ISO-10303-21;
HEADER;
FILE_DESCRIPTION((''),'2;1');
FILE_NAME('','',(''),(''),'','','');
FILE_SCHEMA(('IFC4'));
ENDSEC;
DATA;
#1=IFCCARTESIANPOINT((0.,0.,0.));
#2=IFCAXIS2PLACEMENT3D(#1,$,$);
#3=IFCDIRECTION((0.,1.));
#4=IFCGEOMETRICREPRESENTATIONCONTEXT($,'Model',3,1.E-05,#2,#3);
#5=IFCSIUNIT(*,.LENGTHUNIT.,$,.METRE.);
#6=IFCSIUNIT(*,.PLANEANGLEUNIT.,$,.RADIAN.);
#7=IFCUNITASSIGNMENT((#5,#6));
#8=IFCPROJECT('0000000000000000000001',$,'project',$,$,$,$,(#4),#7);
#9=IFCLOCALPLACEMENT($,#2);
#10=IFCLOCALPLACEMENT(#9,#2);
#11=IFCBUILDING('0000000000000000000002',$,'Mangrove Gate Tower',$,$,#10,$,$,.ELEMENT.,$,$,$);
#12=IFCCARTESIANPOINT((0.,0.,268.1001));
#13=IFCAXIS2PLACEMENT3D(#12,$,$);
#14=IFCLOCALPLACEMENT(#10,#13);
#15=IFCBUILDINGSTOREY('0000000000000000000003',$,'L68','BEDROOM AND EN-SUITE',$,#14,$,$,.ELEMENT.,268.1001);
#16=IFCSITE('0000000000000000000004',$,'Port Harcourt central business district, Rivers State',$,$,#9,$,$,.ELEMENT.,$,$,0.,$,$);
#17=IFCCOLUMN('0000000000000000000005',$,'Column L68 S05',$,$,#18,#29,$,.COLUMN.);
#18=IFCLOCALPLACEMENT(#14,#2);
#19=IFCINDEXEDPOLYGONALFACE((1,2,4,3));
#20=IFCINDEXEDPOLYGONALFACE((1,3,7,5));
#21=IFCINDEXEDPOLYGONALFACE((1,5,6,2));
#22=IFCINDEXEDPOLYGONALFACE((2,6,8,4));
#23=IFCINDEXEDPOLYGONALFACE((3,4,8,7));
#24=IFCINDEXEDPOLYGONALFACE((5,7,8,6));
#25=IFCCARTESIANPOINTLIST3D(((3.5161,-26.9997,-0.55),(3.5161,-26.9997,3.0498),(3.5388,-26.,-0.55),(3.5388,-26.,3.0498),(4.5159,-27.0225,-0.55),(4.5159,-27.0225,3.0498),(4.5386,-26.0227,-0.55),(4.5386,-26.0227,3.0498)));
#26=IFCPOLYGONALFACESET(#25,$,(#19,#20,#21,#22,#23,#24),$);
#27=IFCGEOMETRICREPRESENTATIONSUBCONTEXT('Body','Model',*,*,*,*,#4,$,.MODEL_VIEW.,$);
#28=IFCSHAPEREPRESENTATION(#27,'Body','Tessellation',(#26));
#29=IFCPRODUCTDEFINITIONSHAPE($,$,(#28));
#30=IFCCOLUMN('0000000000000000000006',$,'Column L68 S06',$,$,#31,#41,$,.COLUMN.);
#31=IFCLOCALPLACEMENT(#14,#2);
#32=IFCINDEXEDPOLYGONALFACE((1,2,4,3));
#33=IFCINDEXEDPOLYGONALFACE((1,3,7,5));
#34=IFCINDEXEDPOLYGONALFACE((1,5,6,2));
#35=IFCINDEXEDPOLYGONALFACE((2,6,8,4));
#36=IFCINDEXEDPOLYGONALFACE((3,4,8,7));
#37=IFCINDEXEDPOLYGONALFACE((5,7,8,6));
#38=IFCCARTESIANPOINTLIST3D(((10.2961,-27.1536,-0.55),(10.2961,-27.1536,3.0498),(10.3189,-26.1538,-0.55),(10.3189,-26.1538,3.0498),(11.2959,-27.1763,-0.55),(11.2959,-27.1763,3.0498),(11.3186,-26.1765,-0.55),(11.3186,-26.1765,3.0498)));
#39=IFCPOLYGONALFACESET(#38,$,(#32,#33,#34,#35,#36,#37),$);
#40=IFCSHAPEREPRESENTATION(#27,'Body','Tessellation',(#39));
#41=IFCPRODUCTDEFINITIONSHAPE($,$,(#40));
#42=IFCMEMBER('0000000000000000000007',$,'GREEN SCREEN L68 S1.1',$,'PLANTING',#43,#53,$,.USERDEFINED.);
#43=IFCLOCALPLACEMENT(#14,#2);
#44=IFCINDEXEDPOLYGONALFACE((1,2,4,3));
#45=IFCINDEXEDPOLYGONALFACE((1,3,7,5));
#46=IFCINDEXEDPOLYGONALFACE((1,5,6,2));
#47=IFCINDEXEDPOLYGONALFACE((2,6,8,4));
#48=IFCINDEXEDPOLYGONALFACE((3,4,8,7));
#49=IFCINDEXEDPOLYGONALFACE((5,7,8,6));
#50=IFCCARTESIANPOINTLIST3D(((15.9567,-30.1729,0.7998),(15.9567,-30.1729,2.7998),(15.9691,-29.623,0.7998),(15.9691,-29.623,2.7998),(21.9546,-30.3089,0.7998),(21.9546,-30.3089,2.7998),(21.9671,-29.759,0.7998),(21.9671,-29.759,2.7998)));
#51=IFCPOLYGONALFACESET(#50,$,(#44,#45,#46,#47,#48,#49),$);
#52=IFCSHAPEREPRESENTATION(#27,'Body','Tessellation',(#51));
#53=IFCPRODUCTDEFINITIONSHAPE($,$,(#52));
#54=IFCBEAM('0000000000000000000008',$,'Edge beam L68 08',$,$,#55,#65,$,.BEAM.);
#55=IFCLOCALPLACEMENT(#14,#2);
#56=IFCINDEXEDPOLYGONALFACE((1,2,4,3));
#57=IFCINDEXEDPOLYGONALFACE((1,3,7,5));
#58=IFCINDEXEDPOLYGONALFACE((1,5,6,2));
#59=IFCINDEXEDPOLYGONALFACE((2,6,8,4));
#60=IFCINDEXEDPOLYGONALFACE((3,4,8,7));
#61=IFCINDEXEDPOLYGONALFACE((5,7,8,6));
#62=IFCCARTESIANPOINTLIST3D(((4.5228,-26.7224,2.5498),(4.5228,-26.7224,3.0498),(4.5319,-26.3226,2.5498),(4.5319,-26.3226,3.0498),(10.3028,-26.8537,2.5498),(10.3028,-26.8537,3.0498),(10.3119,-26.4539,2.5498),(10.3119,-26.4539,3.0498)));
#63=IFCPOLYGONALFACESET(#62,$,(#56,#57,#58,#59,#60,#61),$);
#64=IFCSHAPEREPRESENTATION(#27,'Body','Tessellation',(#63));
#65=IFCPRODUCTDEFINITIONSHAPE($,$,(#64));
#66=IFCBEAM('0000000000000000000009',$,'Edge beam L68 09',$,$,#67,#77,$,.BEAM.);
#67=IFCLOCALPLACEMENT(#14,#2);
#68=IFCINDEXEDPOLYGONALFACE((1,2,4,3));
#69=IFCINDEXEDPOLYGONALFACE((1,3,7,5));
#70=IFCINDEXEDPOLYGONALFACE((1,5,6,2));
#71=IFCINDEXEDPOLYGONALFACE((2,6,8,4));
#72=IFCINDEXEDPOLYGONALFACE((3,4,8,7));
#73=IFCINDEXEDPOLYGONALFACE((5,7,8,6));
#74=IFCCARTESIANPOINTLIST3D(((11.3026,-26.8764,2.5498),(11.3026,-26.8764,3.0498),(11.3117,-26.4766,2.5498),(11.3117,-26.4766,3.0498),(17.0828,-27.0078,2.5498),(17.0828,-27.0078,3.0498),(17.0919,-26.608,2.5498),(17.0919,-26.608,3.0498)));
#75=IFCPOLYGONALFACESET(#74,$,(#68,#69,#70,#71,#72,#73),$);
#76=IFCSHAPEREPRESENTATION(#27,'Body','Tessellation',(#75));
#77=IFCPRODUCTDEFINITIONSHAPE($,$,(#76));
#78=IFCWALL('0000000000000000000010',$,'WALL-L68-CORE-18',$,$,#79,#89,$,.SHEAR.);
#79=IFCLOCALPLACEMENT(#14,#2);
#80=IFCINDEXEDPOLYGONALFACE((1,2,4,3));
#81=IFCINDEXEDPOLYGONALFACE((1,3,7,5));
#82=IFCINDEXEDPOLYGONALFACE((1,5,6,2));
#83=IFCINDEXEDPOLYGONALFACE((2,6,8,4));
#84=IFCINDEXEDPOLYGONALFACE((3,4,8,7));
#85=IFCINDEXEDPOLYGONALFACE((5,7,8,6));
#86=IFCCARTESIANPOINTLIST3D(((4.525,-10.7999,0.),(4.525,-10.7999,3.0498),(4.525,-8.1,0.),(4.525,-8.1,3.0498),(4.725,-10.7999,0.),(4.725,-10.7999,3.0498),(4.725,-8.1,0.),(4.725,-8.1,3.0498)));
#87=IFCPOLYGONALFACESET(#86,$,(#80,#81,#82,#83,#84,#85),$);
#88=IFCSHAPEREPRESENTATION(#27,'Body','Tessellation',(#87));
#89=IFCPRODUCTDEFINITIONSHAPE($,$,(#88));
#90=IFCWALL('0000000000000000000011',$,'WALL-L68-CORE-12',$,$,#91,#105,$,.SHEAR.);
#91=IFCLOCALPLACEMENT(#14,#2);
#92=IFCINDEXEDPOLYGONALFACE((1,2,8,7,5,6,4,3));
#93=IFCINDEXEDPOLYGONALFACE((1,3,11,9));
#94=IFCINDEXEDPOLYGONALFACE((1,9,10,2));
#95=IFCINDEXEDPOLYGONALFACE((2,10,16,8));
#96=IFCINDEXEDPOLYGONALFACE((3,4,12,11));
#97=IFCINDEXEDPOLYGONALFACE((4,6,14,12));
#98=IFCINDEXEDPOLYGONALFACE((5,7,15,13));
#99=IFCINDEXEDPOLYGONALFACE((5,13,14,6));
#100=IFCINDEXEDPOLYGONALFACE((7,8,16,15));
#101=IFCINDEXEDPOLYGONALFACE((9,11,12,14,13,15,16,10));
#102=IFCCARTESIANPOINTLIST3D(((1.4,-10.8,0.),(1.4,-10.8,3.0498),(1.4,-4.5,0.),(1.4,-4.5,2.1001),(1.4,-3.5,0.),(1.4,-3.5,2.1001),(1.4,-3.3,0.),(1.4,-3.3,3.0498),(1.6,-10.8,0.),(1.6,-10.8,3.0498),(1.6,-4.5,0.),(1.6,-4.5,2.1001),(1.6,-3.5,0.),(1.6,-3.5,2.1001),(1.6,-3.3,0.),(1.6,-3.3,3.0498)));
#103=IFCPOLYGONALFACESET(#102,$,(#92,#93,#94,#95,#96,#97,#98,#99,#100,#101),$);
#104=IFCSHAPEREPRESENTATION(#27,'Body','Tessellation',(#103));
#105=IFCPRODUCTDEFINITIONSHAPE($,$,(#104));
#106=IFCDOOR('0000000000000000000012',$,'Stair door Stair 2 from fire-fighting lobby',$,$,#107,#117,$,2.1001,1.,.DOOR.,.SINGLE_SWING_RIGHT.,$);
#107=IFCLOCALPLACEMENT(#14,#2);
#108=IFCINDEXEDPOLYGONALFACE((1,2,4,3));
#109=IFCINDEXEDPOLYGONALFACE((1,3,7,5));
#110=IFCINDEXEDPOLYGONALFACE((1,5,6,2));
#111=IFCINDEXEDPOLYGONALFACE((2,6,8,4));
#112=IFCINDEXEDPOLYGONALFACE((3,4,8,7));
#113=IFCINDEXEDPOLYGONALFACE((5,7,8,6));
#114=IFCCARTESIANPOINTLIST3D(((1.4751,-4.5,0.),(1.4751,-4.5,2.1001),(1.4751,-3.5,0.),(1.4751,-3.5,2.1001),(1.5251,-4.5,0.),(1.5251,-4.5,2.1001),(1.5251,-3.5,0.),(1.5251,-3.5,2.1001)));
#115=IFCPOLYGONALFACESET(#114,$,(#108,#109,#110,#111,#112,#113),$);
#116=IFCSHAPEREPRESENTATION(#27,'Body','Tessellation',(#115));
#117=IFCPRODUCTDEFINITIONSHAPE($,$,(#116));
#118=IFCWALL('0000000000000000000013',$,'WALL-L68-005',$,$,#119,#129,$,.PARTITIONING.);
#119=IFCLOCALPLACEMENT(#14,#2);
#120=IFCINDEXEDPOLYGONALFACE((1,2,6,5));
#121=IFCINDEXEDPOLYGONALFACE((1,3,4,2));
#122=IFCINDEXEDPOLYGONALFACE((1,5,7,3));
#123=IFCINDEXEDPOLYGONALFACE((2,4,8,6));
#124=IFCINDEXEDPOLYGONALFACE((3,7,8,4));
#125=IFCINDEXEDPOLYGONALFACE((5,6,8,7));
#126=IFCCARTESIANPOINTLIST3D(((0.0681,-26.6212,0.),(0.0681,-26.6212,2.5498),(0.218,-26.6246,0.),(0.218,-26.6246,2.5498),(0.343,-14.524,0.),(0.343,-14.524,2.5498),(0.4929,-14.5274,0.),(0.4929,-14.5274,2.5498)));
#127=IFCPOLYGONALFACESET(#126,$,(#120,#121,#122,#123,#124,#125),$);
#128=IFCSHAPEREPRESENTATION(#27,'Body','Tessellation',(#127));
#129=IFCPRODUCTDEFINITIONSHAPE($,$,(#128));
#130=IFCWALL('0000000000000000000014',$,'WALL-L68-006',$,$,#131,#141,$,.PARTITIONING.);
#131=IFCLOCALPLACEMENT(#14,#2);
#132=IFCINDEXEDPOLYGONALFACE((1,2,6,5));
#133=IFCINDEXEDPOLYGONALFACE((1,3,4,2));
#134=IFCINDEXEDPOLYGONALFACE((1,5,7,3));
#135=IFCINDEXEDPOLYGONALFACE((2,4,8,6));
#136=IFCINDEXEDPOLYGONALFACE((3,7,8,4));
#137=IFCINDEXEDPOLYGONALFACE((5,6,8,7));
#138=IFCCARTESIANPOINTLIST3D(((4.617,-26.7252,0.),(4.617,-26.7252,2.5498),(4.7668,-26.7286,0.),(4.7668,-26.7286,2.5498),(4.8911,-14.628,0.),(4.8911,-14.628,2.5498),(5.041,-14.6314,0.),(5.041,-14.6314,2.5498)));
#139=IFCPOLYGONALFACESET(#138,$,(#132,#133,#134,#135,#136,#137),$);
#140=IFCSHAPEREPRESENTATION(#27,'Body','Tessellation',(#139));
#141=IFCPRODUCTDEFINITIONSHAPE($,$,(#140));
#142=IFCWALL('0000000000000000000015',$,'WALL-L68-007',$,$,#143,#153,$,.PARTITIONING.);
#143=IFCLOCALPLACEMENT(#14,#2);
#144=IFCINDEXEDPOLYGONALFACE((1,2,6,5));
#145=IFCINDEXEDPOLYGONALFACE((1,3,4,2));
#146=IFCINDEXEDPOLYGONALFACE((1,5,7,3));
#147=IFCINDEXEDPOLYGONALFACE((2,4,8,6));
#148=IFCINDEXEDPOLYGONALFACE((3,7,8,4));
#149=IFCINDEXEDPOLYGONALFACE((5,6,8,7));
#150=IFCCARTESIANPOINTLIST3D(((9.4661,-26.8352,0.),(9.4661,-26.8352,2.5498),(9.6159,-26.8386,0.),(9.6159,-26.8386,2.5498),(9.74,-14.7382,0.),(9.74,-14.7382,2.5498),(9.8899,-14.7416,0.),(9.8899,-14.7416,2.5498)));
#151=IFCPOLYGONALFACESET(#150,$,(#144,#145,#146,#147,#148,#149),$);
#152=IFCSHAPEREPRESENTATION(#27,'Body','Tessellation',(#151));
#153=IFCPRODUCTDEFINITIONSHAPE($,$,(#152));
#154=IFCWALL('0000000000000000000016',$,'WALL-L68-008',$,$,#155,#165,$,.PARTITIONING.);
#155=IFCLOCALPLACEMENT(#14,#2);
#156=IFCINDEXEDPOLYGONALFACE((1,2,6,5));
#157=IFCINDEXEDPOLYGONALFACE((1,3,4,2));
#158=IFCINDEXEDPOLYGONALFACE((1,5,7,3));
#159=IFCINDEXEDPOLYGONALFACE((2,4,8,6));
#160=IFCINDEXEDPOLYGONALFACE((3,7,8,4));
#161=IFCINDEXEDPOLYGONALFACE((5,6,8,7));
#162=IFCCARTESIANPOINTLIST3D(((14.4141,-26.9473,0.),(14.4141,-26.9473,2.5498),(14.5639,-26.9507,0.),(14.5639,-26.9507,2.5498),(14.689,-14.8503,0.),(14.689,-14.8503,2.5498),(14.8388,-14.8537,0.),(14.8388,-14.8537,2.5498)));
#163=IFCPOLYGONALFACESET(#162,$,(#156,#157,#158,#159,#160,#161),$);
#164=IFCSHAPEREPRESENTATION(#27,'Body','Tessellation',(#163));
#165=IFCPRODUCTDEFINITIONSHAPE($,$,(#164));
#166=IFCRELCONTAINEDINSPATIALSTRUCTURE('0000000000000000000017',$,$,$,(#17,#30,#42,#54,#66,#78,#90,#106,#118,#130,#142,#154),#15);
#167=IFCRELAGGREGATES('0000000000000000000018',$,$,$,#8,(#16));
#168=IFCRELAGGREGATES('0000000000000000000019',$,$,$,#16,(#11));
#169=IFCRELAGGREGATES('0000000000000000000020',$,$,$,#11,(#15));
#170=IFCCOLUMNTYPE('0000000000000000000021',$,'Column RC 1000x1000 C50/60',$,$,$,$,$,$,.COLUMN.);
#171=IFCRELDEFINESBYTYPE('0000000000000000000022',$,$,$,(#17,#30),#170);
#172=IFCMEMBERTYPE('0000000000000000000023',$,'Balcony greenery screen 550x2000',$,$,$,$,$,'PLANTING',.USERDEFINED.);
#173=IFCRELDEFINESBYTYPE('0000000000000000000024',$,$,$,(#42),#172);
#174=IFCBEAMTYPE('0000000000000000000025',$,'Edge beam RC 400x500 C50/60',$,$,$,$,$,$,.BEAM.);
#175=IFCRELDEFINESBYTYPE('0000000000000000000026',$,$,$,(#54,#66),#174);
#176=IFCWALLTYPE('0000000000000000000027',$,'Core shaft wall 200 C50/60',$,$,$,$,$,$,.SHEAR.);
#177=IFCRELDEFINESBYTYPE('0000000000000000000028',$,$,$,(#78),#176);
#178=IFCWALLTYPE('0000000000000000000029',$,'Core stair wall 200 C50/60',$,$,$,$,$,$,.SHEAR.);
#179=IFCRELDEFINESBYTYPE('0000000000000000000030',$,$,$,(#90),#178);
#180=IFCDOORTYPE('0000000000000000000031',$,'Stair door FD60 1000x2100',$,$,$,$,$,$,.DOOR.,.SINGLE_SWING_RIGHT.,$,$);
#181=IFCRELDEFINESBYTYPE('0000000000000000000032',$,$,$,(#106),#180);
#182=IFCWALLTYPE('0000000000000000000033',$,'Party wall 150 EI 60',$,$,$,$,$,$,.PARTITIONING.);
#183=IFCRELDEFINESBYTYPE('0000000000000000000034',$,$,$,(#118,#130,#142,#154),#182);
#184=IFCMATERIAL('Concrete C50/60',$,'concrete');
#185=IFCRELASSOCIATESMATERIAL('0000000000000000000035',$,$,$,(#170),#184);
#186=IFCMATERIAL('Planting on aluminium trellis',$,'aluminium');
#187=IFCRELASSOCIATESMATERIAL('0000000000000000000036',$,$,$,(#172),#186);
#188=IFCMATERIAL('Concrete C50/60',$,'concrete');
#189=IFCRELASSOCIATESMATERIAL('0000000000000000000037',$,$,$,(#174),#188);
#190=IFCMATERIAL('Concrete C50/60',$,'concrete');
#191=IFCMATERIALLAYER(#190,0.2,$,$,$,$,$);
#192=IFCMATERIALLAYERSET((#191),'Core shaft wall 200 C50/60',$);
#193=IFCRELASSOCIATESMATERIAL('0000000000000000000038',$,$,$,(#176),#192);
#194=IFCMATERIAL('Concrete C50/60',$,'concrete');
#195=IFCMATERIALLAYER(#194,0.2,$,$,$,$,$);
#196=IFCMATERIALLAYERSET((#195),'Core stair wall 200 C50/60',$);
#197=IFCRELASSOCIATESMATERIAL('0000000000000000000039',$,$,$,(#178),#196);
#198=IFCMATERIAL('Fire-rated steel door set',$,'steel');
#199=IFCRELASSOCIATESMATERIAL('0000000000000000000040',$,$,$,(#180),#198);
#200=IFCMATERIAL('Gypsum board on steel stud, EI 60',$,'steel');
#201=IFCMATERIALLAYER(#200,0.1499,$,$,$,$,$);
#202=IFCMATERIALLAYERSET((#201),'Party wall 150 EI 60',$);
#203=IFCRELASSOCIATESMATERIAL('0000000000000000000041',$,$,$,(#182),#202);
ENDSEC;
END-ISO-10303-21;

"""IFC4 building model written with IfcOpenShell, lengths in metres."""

from ifc_helpers import new_model, si_unit, direction, frame, frame_2d, origin, origin_2d, place, context, subcontext, project, spatial, rectangle, extrude, material, layer, layer_set, material_profile, profile_set, type_object, element, fill, save


model = new_model("IFC4")

# Units and contexts
model_context = context("Model", 3, precision=1e-05, world=origin(), true_north=direction((0.0, 1.0)))
body_context = subcontext(model_context, "Body", "Model", "MODEL_VIEW")
ifc_project = project(units=[si_unit("LENGTHUNIT", "METRE"), si_unit("PLANEANGLEUNIT", "RADIAN")], contexts=[model_context])

# Site, building, storey
site_placement = place(None, origin())
site = spatial("IfcSite", under=ifc_project, at=site_placement, Name="Port Harcourt central business district, Rivers State", CompositionType="ELEMENT", RefElevation=0.0)
building_placement = place(site_placement, origin())
building = spatial("IfcBuilding", under=site, at=building_placement, Name="Mangrove Gate Tower", CompositionType="ELEMENT")
storey_placement = place(building_placement, frame((0.0, 0.0, 268.1001)))
storey = spatial("IfcBuildingStorey", under=building, at=storey_placement, Name="L68", Description="BEDROOM AND EN-SUITE", CompositionType="ELEMENT", Elevation=268.1001)

# Columns
ifc_material_1 = material(Name="Concrete C50/60", Category="concrete")
ifc_material_profile_1 = material_profile(ifc_material_1, rectangle(XDim=1.0, YDim=1.0, at=origin_2d()))
ifc_profile_set_1 = profile_set([ifc_material_profile_1], Name="Concrete C50/60")
column_type = type_object("IfcColumnType", Name="Column RC 1000x1000 C50/60", PredefinedType="COLUMN", material=ifc_profile_set_1)
for number, where, z_axis, x_axis, name in (
    (1, (4.0273, -26.5112, -0.55), (0.0, 0.0, 1.0), (0.999742, -0.022708, 0.0), "Column L68 S05"),
    (2, (10.8074, -26.665, -0.55), (0.0, 0.0, 1.0), (0.999742, -0.022708, 0.0), "Column L68 S06"),
):
    element("IfcColumn", number, at=place(storey_placement, frame(where, z_axis=z_axis, x_axis=x_axis)), inside=storey, type_object=column_type, Name=name, PredefinedType="COLUMN", context=body_context, shape_type="SweptSolid", body=[
        extrude(rectangle(XDim=1.0, YDim=1.0, at=origin_2d()), origin(), (0.0, 0.0, 1.0), 3.5999),
    ])

# Member
ifc_material_2 = material(Name="Planting on aluminium trellis", Category="aluminium")
ifc_material_profile_2 = material_profile(ifc_material_2, rectangle(XDim=0.55, YDim=2.0, at=origin_2d()))
ifc_profile_set_2 = profile_set([ifc_material_profile_2], Name="Planting on aluminium trellis")
member_type = type_object("IfcMemberType", Name="Balcony greenery screen 550x2000", ElementType="PLANTING", PredefinedType="USERDEFINED", material=ifc_profile_set_2)
member_placement = place(storey_placement, frame((15.9629, -29.8979, 1.7998), z_axis=(0.999743, -0.022666, 0.0), x_axis=(0.022666, 0.999743, 0.0)))
element("IfcMember", 3, at=member_placement, inside=storey, type_object=member_type, Name="GREEN SCREEN L68 S1.1", ObjectType="PLANTING", PredefinedType="USERDEFINED", context=body_context, shape_type="SweptSolid", body=[
    extrude(rectangle(XDim=0.55, YDim=2.0, at=origin_2d()), origin(), (0.0, 0.0, 1.0), 5.9995),
])

# Beams
ifc_material_3 = material(Name="Concrete C50/60", Category="concrete")
ifc_material_profile_3 = material_profile(ifc_material_3, rectangle(XDim=0.3999, YDim=0.5, at=origin_2d()))
ifc_profile_set_3 = profile_set([ifc_material_profile_3], Name="Concrete C50/60")
beam_type = type_object("IfcBeamType", Name="Edge beam RC 400x500 C50/60", PredefinedType="BEAM", material=ifc_profile_set_3)
beam_1_placement = place(storey_placement, frame((4.5273, -26.5225, 2.7998), z_axis=(0.999742, -0.022719, 0.0), x_axis=(0.022719, 0.999742, 0.0)))
element("IfcBeam", 4, at=beam_1_placement, inside=storey, type_object=beam_type, Name="Edge beam L68 08", PredefinedType="BEAM", context=body_context, shape_type="SweptSolid", body=[
    extrude(rectangle(XDim=0.3999, YDim=0.5, at=origin_2d()), origin(), (0.0, 0.0, 1.0), 5.7815),
])
beam_2_placement = place(storey_placement, frame((11.3071, -26.6765, 2.7998), z_axis=(0.999742, -0.022718, 0.0), x_axis=(0.022718, 0.999742, 0.0)))
element("IfcBeam", 5, at=beam_2_placement, inside=storey, type_object=beam_type, Name="Edge beam L68 09", PredefinedType="BEAM", context=body_context, shape_type="SweptSolid", body=[
    extrude(rectangle(XDim=0.3999, YDim=0.5, at=origin_2d()), origin(), (0.0, 0.0, 1.0), 5.7817),
])

# Wall
ifc_material_4 = material(Name="Concrete C50/60", Category="concrete")
ifc_layer_1 = layer(ifc_material_4, 0.2)
ifc_layer_set_1 = layer_set([ifc_layer_1], Name="Core shaft wall 200 C50/60")
wall_type_1 = type_object("IfcWallType", Name="Core shaft wall 200 C50/60", PredefinedType="SHEAR", material=ifc_layer_set_1)
wall_1_placement = place(storey_placement, frame((4.625, -10.8, 0.0), z_axis=(0.0, 0.0, 1.0), x_axis=(0.0, 1.0, 0.0)))
element("IfcWall", 6, at=wall_1_placement, inside=storey, type_object=wall_type_1, Name="WALL-L68-CORE-18", PredefinedType="SHEAR", context=body_context, shape_type="SweptSolid", body=[
    extrude(rectangle(XDim=2.7, YDim=0.2, at=frame_2d((1.3501, 0.0))), origin(), (0.0, 0.0, 1.0), 3.0498),
])

# Wall, opening, door
ifc_material_5 = material(Name="Concrete C50/60", Category="concrete")
ifc_layer_2 = layer(ifc_material_5, 0.2)
ifc_layer_set_2 = layer_set([ifc_layer_2], Name="Core stair wall 200 C50/60")
wall_type_2 = type_object("IfcWallType", Name="Core stair wall 200 C50/60", PredefinedType="SHEAR", material=ifc_layer_set_2)
wall_2_placement = place(storey_placement, frame((1.5, -10.8, 0.0), z_axis=(0.0, 0.0, 1.0), x_axis=(0.0, 1.0, 0.0)))
wall_2 = element("IfcWall", 7, at=wall_2_placement, inside=storey, type_object=wall_type_2, Name="WALL-L68-CORE-12", PredefinedType="SHEAR", context=body_context, shape_type="SweptSolid", body=[
    extrude(rectangle(XDim=7.5, YDim=0.2, at=frame_2d((3.75, 0.0))), origin(), (0.0, 0.0, 1.0), 3.0498),
])
opening_1_placement = place(wall_2_placement, frame((6.3, 0.0, 0.0)))
opening_1 = element("IfcOpeningElement", 8, at=opening_1_placement, cuts=wall_2, PredefinedType="OPENING", context=body_context, shape_type="SweptSolid", body=[
    extrude(rectangle(XDim=1.0, YDim=2.1001, at=frame_2d((0.5, 1.05))), frame((0.0, 0.1099, 0.0), z_axis=(0.0, -1.0, 0.0), x_axis=(1.0, 0.0, 0.0)), (0.0, 0.0, 1.0), 0.22),
])
ifc_material_6 = material(Name="Fire-rated steel door set", Category="steel")
door_type_1 = type_object("IfcDoorType", Name="Stair door FD60 1000x2100", OperationType="SINGLE_SWING_RIGHT", PredefinedType="DOOR", material=ifc_material_6)
door_1_placement = place(opening_1_placement, origin())
door_1 = element("IfcDoor", 9, at=door_1_placement, inside=storey, type_object=door_type_1, Name="Stair door Stair 2 from fire-fighting lobby", OperationType="SINGLE_SWING_RIGHT", OverallHeight=2.1001, OverallWidth=1.0, PredefinedType="DOOR", context=body_context, shape_type="SweptSolid", body=[
    extrude(rectangle(XDim=1.0, YDim=2.1001, at=frame_2d((0.5, 1.05))), frame((0.0, 0.0249, 0.0), z_axis=(0.0, -1.0, 0.0), x_axis=(1.0, 0.0, 0.0)), (0.0, 0.0, 1.0), 0.05),
])
fill(opening_1, door_1)

# Walls
ifc_material_7 = material(Name="Gypsum board on steel stud, EI 60", Category="steel")
ifc_layer_3 = layer(ifc_material_7, 0.1499)
ifc_layer_set_3 = layer_set([ifc_layer_3], Name="Party wall 150 EI 60")
wall_type_3 = type_object("IfcWallType", Name="Party wall 150 EI 60", PredefinedType="PARTITIONING", material=ifc_layer_set_3)
for number, where, z_axis, x_axis, name in (
    (10, (0.1431, -26.623, 0.0), (0.0, 0.0, 1.0), (0.022719, 0.999742, 0.0), "WALL-L68-005"),
    (11, (4.6919, -26.7271, 0.0), (0.0, 0.0, 1.0), (0.022658, 0.999743, 0.0), "WALL-L68-006"),
):
    element("IfcWall", number, at=place(storey_placement, frame(where, z_axis=z_axis, x_axis=x_axis)), inside=storey, type_object=wall_type_3, Name=name, PredefinedType="PARTITIONING", context=body_context, shape_type="SweptSolid", body=[
        extrude(rectangle(XDim=12.1003, YDim=0.1499, at=frame_2d((6.0503, 0.0))), origin(), (0.0, 0.0, 1.0), 2.5498),
    ])
for number, where, z_axis, x_axis, name in (
    (12, (9.541, -26.8369, 0.0), (0.0, 0.0, 1.0), (0.022638, 0.999744, 0.0), "WALL-L68-007"),
    (13, (14.489, -26.949, 0.0), (0.0, 0.0, 1.0), (0.022719, 0.999742, 0.0), "WALL-L68-008"),
):
    element("IfcWall", number, at=place(storey_placement, frame(where, z_axis=z_axis, x_axis=x_axis)), inside=storey, type_object=wall_type_3, Name=name, PredefinedType="PARTITIONING", context=body_context, shape_type="SweptSolid", body=[
        extrude(rectangle(XDim=12.1001, YDim=0.1499, at=frame_2d((6.05, 0.0))), origin(), (0.0, 0.0, 1.0), 2.5498),
    ])

save(model, "model.ifc")
